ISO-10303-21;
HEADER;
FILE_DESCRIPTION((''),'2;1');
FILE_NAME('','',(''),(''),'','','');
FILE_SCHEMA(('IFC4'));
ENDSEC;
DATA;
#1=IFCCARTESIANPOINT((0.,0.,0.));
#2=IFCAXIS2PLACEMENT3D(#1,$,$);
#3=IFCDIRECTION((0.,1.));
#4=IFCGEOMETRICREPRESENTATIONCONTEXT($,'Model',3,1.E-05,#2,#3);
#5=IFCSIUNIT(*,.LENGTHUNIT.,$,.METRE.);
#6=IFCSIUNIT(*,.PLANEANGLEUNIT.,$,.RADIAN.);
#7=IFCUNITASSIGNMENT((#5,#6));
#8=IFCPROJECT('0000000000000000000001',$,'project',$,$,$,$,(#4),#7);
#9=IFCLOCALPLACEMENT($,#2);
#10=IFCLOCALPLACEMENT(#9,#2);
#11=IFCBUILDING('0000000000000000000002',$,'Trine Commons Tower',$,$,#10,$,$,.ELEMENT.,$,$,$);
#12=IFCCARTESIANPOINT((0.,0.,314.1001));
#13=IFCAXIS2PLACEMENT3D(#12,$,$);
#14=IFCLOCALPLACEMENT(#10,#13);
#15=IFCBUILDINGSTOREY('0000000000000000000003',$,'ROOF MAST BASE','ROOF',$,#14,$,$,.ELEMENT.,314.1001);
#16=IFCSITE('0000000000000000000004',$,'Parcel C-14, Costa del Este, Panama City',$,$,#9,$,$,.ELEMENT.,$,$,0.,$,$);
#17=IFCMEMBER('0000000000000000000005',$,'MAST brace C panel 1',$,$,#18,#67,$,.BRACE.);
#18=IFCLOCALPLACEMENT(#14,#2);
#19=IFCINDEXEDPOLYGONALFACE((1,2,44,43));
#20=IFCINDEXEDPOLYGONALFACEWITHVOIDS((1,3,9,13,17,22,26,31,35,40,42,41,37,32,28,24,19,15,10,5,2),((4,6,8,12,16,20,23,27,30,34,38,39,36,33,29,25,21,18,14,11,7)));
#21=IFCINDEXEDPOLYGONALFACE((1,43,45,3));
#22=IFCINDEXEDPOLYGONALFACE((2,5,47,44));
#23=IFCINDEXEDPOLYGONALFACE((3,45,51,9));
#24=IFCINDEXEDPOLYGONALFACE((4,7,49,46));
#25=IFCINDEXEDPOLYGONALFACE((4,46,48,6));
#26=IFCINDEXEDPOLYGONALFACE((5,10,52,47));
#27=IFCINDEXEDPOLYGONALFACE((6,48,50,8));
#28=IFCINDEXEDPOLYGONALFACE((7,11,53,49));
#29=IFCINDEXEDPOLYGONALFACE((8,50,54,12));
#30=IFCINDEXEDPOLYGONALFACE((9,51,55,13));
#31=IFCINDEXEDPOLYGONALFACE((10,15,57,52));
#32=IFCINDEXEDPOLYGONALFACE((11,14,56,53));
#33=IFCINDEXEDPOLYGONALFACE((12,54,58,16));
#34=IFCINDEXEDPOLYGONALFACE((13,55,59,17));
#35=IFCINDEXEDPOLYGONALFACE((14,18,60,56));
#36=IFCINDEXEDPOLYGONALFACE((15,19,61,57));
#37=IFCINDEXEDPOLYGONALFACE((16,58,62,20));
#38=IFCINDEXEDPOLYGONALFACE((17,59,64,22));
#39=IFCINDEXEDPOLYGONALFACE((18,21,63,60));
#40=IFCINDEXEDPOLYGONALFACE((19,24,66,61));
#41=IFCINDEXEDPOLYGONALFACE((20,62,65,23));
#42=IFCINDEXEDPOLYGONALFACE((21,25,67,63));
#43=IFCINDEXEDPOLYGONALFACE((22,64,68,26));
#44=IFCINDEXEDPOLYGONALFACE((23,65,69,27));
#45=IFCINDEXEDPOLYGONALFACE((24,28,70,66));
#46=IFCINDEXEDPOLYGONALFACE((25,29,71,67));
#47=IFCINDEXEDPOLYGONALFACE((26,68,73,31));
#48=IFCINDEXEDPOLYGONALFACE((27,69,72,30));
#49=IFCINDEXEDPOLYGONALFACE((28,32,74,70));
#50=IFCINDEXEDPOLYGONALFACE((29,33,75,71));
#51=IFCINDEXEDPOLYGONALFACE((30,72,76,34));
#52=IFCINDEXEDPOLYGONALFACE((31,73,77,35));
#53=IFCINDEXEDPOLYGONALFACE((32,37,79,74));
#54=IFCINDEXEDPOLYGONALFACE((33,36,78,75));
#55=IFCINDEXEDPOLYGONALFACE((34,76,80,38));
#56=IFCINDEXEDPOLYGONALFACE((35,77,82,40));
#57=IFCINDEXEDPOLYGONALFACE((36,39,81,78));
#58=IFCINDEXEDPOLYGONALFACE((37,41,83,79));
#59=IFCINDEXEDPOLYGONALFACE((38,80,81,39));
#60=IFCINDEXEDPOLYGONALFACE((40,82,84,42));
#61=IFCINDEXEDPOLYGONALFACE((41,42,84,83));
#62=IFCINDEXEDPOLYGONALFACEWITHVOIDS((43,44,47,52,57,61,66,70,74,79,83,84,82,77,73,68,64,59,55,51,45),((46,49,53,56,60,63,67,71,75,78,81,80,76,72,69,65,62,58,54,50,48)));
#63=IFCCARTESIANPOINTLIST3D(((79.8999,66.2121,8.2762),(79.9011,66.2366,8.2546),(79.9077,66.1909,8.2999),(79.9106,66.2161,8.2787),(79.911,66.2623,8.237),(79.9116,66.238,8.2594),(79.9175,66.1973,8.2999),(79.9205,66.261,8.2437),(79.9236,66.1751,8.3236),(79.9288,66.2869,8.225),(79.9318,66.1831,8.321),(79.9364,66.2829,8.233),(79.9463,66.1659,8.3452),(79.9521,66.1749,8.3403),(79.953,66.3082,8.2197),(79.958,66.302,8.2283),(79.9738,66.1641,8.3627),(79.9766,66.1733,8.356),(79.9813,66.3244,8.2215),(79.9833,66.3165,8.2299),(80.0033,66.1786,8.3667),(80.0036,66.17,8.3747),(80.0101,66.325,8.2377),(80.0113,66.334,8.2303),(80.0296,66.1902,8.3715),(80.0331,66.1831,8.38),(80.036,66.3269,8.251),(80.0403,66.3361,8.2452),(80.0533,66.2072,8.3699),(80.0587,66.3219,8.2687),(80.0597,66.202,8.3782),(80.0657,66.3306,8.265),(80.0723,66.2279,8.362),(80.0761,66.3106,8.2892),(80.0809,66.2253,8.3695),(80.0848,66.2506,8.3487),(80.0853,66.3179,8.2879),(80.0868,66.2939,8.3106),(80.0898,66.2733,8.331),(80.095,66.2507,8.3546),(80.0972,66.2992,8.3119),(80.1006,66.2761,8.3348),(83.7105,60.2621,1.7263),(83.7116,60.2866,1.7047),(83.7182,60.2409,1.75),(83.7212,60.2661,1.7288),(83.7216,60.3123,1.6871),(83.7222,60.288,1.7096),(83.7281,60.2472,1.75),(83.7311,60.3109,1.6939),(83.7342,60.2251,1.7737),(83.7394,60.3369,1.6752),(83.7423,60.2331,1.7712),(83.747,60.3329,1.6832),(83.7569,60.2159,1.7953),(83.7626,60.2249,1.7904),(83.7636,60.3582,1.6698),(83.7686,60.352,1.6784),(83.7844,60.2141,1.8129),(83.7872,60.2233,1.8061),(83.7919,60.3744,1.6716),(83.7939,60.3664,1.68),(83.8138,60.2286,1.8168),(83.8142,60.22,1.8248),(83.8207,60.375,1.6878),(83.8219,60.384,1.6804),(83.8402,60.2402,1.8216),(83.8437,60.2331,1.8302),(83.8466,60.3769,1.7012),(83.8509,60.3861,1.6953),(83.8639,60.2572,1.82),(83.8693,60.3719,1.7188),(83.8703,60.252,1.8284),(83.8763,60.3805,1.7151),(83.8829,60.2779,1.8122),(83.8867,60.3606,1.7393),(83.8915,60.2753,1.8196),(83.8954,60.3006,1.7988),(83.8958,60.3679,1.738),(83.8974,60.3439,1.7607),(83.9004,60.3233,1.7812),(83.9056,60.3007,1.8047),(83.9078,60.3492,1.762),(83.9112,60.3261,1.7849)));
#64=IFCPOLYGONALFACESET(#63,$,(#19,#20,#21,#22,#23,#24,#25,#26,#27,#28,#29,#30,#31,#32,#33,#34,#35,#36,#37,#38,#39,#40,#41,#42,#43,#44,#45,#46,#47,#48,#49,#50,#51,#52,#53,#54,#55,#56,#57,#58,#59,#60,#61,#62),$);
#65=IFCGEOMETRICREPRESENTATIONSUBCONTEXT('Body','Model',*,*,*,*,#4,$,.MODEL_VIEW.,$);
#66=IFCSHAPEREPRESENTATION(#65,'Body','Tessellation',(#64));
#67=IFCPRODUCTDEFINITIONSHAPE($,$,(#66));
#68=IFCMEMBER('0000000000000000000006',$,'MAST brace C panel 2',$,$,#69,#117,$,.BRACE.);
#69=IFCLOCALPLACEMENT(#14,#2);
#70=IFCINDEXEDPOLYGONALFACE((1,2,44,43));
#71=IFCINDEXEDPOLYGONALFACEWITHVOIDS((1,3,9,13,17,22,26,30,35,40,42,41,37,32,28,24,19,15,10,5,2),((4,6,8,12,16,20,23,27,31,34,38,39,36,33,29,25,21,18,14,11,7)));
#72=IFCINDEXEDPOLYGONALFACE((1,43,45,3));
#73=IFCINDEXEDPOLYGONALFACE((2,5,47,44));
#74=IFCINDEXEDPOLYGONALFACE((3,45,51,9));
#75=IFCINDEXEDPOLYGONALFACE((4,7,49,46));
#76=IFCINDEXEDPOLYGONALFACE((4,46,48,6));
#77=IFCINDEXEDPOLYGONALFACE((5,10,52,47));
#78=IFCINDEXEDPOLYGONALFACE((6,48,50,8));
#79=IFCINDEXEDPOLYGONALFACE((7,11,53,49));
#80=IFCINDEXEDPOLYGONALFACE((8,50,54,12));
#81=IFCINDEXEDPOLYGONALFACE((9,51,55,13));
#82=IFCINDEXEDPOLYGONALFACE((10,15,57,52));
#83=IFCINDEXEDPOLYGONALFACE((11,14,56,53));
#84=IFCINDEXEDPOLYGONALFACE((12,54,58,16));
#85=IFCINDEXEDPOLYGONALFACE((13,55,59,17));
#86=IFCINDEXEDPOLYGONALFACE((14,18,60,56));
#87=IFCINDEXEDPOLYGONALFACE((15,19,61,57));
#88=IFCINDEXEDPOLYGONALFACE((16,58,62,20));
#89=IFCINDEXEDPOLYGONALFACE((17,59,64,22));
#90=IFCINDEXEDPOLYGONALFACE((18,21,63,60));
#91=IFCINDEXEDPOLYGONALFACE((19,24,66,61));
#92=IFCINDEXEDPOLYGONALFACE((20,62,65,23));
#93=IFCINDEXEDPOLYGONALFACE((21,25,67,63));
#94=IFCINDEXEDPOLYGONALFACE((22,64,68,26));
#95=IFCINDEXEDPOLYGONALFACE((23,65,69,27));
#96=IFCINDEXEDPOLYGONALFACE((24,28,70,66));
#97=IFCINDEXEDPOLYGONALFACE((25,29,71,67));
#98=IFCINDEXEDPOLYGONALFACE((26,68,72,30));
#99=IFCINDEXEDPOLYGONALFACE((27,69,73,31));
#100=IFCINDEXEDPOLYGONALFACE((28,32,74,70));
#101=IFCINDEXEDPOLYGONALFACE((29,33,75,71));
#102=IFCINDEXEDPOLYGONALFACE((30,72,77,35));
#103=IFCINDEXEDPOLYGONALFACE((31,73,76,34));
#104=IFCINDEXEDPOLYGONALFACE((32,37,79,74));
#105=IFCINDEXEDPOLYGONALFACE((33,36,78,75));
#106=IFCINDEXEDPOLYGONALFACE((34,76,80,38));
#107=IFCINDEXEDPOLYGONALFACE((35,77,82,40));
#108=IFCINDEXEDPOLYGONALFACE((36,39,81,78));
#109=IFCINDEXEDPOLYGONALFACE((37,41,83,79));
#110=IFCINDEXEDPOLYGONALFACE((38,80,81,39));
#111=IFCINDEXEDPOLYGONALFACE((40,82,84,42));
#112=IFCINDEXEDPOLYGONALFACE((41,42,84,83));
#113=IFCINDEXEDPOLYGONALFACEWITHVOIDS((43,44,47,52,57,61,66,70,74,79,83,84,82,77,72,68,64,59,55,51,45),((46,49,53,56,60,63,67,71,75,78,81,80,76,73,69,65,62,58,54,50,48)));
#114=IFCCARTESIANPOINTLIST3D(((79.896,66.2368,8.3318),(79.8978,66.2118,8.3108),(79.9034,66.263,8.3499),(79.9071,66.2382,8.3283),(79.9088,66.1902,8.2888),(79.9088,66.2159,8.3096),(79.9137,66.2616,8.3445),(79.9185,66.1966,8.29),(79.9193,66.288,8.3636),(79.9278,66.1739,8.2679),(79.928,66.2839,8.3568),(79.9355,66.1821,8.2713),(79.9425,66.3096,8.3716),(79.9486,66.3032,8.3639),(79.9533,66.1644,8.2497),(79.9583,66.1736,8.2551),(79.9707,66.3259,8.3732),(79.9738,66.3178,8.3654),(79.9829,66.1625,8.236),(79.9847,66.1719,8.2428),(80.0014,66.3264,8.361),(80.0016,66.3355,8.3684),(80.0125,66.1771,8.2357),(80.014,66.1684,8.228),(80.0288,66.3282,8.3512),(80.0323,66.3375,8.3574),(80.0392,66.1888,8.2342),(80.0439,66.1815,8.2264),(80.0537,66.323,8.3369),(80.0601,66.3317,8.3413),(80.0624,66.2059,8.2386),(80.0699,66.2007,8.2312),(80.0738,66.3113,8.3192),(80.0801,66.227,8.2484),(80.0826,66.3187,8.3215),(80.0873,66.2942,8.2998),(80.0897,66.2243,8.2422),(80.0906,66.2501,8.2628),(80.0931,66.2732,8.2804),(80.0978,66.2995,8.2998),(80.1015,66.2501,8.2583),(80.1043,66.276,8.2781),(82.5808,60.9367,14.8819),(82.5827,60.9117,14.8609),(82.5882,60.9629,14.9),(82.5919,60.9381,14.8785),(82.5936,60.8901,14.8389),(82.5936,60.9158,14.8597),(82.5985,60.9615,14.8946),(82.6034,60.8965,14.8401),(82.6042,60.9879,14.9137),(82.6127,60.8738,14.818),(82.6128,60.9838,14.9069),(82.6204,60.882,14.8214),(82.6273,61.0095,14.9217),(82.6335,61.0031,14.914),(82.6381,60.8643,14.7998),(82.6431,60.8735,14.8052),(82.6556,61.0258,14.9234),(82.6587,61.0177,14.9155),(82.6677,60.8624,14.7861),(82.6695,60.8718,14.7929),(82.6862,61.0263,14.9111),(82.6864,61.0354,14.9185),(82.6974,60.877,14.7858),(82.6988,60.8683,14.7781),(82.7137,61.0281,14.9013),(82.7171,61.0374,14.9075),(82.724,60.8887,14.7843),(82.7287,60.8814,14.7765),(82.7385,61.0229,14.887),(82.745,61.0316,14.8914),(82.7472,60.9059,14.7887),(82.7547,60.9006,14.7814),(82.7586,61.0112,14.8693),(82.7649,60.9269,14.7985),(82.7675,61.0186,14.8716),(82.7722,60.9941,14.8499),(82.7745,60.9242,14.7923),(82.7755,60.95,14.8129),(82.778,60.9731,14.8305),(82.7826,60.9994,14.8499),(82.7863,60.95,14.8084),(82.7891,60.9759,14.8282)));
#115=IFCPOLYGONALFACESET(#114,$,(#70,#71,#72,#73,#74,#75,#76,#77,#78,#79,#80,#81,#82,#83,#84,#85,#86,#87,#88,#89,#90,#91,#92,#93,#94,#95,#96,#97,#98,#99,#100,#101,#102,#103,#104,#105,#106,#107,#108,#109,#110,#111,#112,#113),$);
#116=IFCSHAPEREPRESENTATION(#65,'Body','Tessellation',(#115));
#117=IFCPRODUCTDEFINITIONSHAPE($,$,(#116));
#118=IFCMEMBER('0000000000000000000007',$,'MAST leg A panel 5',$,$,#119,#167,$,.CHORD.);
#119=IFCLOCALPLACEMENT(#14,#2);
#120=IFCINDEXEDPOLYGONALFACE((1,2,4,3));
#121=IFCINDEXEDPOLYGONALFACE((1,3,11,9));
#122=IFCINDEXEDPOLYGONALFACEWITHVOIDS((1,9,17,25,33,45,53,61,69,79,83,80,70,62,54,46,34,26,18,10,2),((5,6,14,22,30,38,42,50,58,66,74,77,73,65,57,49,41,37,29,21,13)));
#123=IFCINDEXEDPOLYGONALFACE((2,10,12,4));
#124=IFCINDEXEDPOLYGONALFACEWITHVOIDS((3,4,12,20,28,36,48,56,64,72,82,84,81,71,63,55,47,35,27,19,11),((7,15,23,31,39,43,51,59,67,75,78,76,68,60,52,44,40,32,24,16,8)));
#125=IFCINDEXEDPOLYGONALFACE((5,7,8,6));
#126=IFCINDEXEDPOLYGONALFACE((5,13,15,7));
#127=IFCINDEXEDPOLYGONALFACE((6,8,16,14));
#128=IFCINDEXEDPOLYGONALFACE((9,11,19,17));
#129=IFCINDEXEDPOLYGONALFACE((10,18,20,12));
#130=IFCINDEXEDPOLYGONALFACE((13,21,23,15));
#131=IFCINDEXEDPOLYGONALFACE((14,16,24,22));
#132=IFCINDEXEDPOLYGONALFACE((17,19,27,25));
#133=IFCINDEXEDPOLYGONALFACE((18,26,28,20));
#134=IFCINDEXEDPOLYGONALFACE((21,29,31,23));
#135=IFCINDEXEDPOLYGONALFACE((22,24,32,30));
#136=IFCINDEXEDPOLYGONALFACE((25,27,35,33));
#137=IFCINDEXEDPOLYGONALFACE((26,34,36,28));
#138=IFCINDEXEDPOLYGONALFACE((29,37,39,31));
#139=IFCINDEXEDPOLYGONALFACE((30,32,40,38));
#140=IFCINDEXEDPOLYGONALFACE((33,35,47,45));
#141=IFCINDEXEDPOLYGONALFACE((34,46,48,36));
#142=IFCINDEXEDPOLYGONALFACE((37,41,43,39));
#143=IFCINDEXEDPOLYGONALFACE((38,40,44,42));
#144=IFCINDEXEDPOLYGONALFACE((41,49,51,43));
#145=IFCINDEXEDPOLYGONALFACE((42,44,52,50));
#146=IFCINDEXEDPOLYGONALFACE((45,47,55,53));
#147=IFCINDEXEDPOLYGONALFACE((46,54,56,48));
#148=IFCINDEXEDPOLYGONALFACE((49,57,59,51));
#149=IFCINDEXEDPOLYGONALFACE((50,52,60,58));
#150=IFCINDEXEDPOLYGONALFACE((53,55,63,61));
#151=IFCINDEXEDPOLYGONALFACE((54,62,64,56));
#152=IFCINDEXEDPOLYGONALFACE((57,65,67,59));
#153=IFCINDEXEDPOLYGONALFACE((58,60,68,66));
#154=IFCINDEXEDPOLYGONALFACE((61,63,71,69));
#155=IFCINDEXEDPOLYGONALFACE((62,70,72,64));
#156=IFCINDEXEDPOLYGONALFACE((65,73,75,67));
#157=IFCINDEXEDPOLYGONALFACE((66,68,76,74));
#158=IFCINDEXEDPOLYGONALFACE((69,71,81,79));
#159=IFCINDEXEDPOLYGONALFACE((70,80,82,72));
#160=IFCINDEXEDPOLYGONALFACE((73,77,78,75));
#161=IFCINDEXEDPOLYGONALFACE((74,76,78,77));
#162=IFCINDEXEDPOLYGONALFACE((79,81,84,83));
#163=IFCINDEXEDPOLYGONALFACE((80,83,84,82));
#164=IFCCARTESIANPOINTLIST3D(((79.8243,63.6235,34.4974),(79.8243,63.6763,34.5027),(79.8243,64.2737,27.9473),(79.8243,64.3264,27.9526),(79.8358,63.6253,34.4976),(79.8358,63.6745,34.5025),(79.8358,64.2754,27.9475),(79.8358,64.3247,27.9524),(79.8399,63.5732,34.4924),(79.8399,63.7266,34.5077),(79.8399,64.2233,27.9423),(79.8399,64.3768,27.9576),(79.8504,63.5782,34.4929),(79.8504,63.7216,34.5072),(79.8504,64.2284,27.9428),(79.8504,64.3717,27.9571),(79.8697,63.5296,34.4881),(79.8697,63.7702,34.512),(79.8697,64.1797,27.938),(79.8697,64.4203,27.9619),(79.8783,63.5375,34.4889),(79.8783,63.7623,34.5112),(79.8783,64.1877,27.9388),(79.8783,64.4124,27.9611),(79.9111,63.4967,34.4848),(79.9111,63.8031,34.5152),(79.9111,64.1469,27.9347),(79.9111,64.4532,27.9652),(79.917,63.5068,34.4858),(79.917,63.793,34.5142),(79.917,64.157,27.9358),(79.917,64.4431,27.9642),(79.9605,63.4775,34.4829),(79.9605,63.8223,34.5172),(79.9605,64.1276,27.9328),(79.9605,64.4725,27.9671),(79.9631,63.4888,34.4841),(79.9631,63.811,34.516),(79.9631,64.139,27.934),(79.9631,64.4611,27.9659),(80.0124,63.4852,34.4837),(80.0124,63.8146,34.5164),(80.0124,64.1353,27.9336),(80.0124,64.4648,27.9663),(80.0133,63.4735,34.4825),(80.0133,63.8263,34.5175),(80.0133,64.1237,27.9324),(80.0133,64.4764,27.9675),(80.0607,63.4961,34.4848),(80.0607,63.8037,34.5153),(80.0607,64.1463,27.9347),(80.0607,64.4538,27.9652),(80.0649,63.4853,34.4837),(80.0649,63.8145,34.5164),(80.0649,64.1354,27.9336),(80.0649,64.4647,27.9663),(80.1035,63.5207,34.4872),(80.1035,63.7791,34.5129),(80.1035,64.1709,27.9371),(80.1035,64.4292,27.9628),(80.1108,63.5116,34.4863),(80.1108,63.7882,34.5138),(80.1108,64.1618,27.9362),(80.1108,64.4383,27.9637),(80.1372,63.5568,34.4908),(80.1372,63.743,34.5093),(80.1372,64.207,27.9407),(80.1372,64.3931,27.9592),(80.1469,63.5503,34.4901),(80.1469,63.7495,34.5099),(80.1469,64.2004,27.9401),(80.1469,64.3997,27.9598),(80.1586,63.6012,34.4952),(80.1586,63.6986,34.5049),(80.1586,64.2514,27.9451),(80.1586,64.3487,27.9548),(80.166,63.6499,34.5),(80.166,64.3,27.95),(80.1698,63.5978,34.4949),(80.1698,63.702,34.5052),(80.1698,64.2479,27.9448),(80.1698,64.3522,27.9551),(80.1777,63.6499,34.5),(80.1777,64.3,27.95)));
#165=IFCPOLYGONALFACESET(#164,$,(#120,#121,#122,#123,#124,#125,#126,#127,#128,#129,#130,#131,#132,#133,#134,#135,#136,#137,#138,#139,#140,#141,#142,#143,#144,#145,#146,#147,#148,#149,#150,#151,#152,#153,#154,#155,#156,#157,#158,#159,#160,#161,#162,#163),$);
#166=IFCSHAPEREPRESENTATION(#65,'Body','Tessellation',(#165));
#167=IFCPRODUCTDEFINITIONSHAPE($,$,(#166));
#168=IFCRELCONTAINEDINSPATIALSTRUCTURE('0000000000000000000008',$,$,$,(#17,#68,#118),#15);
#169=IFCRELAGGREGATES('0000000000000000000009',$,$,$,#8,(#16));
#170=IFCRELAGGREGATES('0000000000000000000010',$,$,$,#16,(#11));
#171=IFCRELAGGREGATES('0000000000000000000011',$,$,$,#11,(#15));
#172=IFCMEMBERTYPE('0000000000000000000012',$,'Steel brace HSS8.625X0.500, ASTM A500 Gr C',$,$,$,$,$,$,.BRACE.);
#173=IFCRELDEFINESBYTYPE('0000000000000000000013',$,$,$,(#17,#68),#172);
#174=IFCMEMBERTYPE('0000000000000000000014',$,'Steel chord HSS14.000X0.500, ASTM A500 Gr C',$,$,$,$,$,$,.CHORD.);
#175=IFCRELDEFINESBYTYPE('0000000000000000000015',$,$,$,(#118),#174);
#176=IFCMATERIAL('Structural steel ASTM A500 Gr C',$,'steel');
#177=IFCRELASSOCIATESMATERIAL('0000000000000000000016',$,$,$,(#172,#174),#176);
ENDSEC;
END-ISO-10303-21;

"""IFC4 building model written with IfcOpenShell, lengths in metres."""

from ifc_helpers import new_model, si_unit, direction, frame, origin, origin_2d, place, context, subcontext, project, spatial, hollow_circle, extrude, material, material_profile, profile_set, type_object, element, save


model = new_model("IFC4")

# Units and contexts
model_context = context("Model", 3, precision=1e-05, world=origin(), true_north=direction((0.0, 1.0)))
body_context = subcontext(model_context, "Body", "Model", "MODEL_VIEW")
ifc_project = project(units=[si_unit("LENGTHUNIT", "METRE"), si_unit("PLANEANGLEUNIT", "RADIAN")], contexts=[model_context])

# Site, building, storey
site_placement = place(None, origin())
site = spatial("IfcSite", under=ifc_project, at=site_placement, Name="Parcel C-14, Costa del Este, Panama City", CompositionType="ELEMENT", RefElevation=0.0)
building_placement = place(site_placement, origin())
building = spatial("IfcBuilding", under=site, at=building_placement, Name="Trine Commons Tower", CompositionType="ELEMENT")
storey_placement = place(building_placement, frame((0.0, 0.0, 314.1001)))
storey = spatial("IfcBuildingStorey", under=building, at=storey_placement, Name="ROOF MAST BASE", Description="ROOF", CompositionType="ELEMENT", Elevation=314.1001)

# Members
ifc_material_1 = material(Name="Structural steel ASTM A500 Gr C", Category="steel")
ifc_material_profile_1 = material_profile(ifc_material_1, hollow_circle(Radius=0.1096, WallThickness=0.0117, at=origin_2d()), Name="HSS8.625X0.500")
ifc_profile_set_1 = profile_set([ifc_material_profile_1], Name="Structural steel ASTM A500 Gr C")
member_type_1 = type_object("IfcMemberType", Name="Steel brace HSS8.625X0.500, ASTM A500 Gr C", PredefinedType="BRACE", material=ifc_profile_set_1)
for number, where, z_axis, x_axis, name in (
    (1, (83.8105, 60.3, 1.75), (-0.395514, 0.617572, 0.679834), (-0.842106, -0.539313, 0.0), "MAST brace C panel 1"),
):
    element("IfcMember", number, at=place(storey_placement, frame(where, z_axis=z_axis, x_axis=x_axis)), inside=storey, type_object=member_type_1, Name=name, PredefinedType="BRACE", context=body_context, shape_type="SweptSolid", body=[
        extrude(hollow_circle(Radius=0.1096, WallThickness=0.0117, at=origin_2d()), origin(), (0.0, 0.0, 1.0), 9.6345),
    ])
member_1_placement = place(storey_placement, frame((80.0, 66.25, 8.2998), z_axis=(0.303603, -0.599337, 0.740689), x_axis=(0.892073, 0.451892, 0.0)))
element("IfcMember", 2, at=member_1_placement, inside=storey, type_object=member_type_1, Name="MAST brace C panel 2", PredefinedType="BRACE", context=body_context, shape_type="SweptSolid", body=[
    extrude(hollow_circle(Radius=0.1096, WallThickness=0.0117, at=origin_2d()), origin(), (0.0, 0.0, 1.0), 8.8433),
])
ifc_material_profile_2 = material_profile(ifc_material_1, hollow_circle(Radius=0.1777, WallThickness=0.0117, at=origin_2d()), Name="HSS14.000X0.500")
ifc_profile_set_2 = profile_set([ifc_material_profile_2], Name="Structural steel ASTM A500 Gr C")
member_type_2 = type_object("IfcMemberType", Name="Steel chord HSS14.000X0.500, ASTM A500 Gr C", PredefinedType="CHORD", material=ifc_profile_set_2)
for number, where, z_axis, x_axis, name in (
    (3, (80.0, 64.3, 27.95), (0.0, -0.098773, 0.99511), (1.0, 0.0, 0.0), "MAST leg A panel 5"),
):
    element("IfcMember", number, at=place(storey_placement, frame(where, z_axis=z_axis, x_axis=x_axis)), inside=storey, type_object=member_type_2, Name=name, PredefinedType="CHORD", context=body_context, shape_type="SweptSolid", body=[
        extrude(hollow_circle(Radius=0.1777, WallThickness=0.0117, at=origin_2d()), origin(), (0.0, 0.0, 1.0), 6.5823),
    ])

save(model, "model.ifc")
